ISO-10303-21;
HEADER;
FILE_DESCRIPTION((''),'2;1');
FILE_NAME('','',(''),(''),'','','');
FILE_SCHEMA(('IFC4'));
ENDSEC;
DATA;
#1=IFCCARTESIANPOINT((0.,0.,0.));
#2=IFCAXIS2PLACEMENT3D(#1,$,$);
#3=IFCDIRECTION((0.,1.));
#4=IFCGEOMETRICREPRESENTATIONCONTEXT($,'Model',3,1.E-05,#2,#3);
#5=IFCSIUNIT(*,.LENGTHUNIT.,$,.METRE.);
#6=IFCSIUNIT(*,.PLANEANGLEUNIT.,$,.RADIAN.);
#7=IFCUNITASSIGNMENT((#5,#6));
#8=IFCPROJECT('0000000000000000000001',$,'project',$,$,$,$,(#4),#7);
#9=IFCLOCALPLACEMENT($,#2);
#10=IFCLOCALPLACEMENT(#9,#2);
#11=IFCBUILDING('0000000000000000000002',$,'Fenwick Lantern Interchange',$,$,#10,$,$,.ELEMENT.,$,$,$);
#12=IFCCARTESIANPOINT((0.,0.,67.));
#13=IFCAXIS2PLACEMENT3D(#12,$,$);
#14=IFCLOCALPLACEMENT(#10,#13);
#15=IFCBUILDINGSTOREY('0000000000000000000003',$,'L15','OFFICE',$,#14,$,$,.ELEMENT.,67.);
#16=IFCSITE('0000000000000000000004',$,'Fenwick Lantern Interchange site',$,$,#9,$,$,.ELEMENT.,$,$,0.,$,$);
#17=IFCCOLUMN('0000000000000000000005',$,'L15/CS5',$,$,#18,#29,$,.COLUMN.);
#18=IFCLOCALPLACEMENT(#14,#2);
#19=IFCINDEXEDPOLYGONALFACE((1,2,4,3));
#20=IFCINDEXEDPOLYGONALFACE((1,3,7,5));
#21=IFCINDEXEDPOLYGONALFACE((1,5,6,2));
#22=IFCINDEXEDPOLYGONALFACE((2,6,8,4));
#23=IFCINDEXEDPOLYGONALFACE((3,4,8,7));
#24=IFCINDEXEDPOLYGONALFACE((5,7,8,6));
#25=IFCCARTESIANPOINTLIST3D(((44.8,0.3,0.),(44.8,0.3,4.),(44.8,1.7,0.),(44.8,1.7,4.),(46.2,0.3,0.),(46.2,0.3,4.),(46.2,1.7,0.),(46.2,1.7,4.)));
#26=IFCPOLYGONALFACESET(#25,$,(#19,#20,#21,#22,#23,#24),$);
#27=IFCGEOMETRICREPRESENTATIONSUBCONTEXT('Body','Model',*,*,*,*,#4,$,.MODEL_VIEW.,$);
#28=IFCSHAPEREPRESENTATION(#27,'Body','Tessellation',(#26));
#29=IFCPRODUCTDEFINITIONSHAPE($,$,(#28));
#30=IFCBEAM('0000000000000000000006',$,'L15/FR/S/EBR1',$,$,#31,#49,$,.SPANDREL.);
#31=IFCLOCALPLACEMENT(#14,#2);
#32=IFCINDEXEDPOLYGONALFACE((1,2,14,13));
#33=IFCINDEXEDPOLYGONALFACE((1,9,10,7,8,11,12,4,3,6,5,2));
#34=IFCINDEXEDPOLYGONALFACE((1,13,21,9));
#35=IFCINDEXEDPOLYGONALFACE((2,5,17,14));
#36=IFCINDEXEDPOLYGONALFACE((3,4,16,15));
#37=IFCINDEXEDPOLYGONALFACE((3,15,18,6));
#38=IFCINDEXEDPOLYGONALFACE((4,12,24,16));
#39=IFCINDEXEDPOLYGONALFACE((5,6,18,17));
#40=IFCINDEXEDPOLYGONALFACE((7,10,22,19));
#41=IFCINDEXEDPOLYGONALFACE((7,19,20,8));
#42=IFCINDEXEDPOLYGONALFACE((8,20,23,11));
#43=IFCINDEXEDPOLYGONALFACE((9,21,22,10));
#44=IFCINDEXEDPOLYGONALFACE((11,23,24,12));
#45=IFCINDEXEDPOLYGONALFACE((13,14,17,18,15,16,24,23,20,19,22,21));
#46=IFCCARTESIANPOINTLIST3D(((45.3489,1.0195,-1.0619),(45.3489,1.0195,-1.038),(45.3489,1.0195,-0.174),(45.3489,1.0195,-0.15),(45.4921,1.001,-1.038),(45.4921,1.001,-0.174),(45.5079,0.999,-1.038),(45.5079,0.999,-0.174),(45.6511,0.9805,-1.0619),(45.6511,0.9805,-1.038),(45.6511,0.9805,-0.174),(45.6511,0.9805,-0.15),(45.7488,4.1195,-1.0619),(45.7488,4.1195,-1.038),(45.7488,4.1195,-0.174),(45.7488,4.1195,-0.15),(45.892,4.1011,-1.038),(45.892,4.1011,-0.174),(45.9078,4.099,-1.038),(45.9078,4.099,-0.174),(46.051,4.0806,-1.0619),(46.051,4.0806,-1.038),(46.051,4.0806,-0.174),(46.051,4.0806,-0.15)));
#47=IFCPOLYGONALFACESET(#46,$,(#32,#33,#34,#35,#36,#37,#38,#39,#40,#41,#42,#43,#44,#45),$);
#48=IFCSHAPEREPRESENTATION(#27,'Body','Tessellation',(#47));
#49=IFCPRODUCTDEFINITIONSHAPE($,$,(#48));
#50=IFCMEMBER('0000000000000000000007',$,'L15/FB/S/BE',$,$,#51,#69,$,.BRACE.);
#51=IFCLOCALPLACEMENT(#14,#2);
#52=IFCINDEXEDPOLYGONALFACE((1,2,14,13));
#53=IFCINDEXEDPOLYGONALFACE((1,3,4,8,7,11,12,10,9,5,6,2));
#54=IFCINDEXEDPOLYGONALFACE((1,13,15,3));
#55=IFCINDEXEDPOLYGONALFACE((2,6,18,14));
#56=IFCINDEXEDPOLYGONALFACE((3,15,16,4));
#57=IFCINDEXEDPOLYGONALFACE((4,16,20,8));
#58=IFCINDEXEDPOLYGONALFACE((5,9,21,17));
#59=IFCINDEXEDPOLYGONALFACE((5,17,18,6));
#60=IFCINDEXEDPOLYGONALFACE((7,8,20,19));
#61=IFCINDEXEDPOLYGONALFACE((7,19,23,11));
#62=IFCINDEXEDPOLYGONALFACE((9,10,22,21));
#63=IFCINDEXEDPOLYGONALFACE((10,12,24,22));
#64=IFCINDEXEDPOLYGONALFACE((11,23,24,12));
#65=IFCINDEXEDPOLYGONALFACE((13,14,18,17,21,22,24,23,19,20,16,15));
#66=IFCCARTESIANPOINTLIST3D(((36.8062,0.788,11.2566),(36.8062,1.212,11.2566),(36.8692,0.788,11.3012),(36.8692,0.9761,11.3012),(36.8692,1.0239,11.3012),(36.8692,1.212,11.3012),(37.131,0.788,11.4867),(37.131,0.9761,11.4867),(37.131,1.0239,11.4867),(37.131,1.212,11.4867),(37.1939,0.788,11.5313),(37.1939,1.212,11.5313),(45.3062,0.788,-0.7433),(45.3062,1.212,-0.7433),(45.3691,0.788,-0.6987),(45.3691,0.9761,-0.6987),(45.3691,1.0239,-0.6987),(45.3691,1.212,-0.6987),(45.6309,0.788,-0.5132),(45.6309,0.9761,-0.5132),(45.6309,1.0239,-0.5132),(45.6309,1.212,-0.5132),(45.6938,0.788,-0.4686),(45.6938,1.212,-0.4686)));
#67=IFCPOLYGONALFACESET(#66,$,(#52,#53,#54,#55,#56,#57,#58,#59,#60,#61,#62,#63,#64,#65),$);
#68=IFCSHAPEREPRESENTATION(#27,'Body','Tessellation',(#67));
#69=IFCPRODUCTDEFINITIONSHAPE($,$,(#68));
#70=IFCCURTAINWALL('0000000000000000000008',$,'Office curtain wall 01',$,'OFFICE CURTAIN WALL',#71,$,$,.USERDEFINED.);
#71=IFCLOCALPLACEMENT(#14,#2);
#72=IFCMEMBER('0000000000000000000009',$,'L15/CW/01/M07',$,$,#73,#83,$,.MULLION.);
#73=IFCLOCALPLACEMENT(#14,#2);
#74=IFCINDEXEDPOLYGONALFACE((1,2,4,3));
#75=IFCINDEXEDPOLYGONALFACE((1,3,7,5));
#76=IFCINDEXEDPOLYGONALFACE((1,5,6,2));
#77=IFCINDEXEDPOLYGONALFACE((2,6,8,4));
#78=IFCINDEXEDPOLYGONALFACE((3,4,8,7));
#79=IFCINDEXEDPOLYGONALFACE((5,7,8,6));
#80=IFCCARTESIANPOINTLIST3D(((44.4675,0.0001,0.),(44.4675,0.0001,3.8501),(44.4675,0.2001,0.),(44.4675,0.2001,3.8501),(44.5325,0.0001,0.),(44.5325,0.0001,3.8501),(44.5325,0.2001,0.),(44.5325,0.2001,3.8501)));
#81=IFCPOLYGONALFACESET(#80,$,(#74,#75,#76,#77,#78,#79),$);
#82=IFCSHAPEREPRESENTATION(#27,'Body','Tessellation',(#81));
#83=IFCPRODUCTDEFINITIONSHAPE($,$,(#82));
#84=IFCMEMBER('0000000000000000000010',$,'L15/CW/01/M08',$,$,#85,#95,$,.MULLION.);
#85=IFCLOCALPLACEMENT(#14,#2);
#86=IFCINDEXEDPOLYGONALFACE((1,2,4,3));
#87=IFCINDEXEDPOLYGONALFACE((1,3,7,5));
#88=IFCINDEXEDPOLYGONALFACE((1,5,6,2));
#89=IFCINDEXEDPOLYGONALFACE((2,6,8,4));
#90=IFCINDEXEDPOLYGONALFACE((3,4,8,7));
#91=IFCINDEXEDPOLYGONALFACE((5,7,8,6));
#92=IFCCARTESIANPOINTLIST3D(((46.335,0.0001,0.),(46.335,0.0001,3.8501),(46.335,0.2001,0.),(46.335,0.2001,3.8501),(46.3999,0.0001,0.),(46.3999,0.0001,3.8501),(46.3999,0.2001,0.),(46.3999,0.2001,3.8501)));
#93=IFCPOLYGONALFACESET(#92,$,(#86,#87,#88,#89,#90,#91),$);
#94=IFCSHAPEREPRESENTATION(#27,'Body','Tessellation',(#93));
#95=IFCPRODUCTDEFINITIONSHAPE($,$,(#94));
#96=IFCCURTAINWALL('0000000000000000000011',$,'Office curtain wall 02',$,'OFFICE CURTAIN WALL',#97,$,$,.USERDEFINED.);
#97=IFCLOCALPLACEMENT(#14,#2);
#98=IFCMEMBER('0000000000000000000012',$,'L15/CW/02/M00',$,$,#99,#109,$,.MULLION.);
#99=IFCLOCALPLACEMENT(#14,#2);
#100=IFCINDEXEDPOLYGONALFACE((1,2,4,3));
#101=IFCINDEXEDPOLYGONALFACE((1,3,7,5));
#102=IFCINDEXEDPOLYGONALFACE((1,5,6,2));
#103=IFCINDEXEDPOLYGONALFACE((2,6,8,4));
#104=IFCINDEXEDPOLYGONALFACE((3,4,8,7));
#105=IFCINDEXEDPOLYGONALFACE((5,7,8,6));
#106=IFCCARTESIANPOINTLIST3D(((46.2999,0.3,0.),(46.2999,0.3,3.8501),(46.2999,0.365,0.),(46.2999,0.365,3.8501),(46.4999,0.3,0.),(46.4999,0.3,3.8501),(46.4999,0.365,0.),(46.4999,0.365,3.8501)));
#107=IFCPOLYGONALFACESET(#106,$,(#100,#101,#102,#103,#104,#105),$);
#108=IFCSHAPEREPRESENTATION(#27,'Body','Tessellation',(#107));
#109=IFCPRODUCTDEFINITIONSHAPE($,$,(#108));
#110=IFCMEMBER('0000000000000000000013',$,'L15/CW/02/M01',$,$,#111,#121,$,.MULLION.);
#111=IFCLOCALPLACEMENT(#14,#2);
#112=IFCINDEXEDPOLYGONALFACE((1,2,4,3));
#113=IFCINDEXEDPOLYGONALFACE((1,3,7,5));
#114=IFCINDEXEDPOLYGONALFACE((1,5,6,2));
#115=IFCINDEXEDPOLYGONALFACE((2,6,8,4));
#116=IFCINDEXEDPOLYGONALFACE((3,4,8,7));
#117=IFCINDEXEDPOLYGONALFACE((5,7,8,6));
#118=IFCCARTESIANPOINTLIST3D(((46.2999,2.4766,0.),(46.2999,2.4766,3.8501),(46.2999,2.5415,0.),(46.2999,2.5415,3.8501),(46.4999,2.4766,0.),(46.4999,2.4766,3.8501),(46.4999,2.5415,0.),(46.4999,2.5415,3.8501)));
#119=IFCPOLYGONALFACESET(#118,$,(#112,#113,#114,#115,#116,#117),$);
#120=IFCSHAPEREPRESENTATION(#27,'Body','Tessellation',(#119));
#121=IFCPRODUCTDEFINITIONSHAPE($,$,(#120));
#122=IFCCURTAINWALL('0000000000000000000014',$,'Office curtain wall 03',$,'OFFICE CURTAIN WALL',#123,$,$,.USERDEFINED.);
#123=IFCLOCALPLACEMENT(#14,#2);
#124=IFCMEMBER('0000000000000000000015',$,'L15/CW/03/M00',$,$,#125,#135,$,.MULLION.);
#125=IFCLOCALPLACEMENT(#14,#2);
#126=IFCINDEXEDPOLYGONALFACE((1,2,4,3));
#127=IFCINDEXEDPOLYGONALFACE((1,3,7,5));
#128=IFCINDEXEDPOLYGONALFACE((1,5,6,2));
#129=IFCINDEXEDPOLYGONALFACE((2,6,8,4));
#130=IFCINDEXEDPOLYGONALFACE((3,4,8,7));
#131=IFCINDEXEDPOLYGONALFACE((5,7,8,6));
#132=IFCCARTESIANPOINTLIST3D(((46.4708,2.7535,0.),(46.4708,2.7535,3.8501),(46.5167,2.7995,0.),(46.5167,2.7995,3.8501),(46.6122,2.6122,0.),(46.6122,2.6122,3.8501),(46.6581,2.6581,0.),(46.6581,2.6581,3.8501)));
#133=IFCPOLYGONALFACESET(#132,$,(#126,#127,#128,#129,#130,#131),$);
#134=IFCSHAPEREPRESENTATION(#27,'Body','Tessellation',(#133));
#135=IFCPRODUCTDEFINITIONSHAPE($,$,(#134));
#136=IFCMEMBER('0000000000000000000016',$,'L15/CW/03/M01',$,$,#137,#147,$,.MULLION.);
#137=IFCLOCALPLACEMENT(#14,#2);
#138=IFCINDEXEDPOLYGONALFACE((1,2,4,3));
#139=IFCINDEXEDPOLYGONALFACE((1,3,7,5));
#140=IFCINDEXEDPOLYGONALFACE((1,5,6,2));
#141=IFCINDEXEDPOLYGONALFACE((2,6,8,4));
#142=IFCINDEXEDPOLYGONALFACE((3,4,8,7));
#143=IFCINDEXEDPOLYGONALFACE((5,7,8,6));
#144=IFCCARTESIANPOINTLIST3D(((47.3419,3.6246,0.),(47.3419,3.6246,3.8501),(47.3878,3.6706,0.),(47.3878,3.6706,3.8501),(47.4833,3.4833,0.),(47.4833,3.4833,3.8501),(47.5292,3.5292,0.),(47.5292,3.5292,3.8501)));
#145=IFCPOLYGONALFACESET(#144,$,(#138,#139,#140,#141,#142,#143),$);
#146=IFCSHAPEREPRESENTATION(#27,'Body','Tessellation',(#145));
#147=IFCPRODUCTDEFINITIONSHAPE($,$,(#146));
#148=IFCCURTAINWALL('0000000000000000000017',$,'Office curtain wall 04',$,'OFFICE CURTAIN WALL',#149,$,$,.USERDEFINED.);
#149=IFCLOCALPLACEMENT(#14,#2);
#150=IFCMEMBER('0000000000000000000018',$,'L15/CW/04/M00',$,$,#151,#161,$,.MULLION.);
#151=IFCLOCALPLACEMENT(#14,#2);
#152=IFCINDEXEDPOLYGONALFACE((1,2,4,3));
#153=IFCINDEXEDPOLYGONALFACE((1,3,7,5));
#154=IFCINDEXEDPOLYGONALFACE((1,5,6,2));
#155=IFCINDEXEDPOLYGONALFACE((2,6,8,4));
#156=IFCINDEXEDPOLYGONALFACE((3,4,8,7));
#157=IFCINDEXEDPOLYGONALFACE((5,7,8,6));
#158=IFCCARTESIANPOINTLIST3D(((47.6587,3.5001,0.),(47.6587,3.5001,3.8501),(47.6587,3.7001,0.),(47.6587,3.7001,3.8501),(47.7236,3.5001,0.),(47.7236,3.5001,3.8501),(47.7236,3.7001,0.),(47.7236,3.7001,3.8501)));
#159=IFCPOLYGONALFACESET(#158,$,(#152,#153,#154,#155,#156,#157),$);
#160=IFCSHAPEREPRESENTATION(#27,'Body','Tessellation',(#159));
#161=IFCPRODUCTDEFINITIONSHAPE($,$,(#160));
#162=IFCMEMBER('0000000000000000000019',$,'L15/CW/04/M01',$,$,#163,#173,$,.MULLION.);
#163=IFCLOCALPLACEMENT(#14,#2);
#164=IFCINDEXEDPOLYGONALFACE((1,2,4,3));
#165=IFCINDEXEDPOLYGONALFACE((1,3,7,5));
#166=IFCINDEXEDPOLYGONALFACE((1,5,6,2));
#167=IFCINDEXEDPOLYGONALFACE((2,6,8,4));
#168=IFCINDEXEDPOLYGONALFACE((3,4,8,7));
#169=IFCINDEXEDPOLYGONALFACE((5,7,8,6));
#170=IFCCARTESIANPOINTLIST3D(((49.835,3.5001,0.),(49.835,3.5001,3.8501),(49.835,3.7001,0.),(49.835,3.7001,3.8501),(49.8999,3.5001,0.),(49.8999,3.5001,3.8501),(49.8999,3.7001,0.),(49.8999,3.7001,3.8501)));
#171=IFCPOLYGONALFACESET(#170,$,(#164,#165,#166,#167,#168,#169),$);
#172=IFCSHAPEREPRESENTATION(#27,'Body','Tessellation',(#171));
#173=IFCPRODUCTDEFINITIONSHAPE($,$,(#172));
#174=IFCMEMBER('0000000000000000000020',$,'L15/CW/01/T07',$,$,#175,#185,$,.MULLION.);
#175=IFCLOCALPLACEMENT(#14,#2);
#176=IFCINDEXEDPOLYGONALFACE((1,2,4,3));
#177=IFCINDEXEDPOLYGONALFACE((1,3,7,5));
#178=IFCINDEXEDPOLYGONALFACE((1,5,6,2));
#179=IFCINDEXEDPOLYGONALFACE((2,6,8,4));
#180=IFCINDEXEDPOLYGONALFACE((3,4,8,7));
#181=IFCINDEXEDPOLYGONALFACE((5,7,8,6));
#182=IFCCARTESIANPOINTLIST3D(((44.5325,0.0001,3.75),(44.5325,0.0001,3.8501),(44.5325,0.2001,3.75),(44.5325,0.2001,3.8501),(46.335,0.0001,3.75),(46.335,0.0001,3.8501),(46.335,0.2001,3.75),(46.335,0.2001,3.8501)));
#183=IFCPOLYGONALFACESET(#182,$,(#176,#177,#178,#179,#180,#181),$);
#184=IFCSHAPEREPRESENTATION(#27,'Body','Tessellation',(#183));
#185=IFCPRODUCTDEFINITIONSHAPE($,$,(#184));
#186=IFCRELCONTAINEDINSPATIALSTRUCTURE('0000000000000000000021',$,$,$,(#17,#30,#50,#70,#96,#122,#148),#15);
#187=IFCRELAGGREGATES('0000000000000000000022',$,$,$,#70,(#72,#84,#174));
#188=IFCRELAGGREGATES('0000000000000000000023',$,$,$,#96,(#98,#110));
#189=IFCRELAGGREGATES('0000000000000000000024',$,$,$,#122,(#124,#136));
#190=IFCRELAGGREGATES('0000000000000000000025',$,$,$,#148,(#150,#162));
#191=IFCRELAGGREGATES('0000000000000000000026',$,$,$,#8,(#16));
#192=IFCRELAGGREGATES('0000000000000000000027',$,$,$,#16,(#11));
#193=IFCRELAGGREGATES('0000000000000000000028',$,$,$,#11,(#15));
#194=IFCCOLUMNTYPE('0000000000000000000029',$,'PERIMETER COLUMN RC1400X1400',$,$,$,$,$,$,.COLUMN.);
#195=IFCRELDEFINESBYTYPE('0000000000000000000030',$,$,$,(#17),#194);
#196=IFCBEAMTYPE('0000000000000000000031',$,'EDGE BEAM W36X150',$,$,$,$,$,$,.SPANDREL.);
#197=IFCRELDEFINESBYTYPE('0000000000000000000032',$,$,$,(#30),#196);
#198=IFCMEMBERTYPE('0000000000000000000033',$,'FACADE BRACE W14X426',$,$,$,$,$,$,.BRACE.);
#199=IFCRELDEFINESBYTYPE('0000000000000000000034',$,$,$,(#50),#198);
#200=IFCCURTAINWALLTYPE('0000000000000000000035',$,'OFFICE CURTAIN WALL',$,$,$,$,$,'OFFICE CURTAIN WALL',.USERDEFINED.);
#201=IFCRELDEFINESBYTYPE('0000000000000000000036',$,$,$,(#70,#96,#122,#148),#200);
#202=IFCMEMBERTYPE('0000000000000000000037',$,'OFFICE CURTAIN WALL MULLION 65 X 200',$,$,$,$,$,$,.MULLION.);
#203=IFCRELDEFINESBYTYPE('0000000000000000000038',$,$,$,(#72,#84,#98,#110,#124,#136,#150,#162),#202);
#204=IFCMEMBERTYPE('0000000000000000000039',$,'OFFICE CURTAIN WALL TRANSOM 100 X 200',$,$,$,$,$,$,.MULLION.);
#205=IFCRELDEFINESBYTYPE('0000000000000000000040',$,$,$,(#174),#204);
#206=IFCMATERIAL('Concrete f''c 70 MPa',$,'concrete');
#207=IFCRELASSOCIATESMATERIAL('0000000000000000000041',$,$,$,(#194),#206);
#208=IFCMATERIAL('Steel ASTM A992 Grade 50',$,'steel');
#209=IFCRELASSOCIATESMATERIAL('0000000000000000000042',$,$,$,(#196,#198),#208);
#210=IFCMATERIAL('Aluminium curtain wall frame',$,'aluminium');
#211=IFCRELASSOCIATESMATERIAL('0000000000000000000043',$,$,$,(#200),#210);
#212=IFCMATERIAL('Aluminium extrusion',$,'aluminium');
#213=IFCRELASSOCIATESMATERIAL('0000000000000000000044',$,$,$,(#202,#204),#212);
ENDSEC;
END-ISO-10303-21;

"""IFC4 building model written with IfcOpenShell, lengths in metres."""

from ifc_helpers import new_model, si_unit, direction, frame, origin, origin_2d, place, context, subcontext, project, spatial, rectangle, i_section, extrude, material, material_profile, profile_set, type_object, element, aggregate, save


model = new_model("IFC4")

# Units and contexts
model_context = context("Model", 3, precision=1e-05, world=origin(), true_north=direction((0.0, 1.0)))
body_context = subcontext(model_context, "Body", "Model", "MODEL_VIEW")
ifc_project = project(units=[si_unit("LENGTHUNIT", "METRE"), si_unit("PLANEANGLEUNIT", "RADIAN")], contexts=[model_context])

# Site, building, storey
site_placement = place(None, origin())
site = spatial("IfcSite", under=ifc_project, at=site_placement, Name="Fenwick Lantern Interchange site", CompositionType="ELEMENT", RefElevation=0.0)
building_placement = place(site_placement, origin())
building = spatial("IfcBuilding", under=site, at=building_placement, Name="Fenwick Lantern Interchange", CompositionType="ELEMENT")
storey_placement = place(building_placement, frame((0.0, 0.0, 67.0)))
storey = spatial("IfcBuildingStorey", under=building, at=storey_placement, Name="L15", Description="OFFICE", CompositionType="ELEMENT", Elevation=67.0)

# Column
ifc_material_1 = material(Name="Concrete f'c 70 MPa", Category="concrete")
ifc_material_profile_1 = material_profile(ifc_material_1, rectangle(XDim=1.3999, YDim=1.3999, at=origin_2d()), Name="RC1400X1400")
ifc_profile_set_1 = profile_set([ifc_material_profile_1], Name="Concrete f'c 70 MPa")
column_type = type_object("IfcColumnType", Name="PERIMETER COLUMN RC1400X1400", PredefinedType="COLUMN", material=ifc_profile_set_1)
column_placement = place(storey_placement, frame((45.5, 1.0, 0.0), z_axis=(0.0, 0.0, 1.0), x_axis=(1.0, 0.0, 0.0)))
element("IfcColumn", 1, at=column_placement, inside=storey, type_object=column_type, Name="L15/CS5", PredefinedType="COLUMN", context=body_context, shape_type="SweptSolid", body=[
    extrude(rectangle(XDim=1.3999, YDim=1.3999, at=origin_2d()), origin(), (0.0, 0.0, 1.0), 4.0),
])

# Beam
ifc_material_2 = material(Name="Steel ASTM A992 Grade 50", Category="steel")
ifc_material_profile_2 = material_profile(ifc_material_2, i_section(OverallWidth=0.3047, OverallDepth=0.9119, WebThickness=0.0159, FlangeThickness=0.0239, at=origin_2d()), Name="W36X150")
ifc_profile_set_2 = profile_set([ifc_material_profile_2], Name="Steel ASTM A992 Grade 50")
beam_type = type_object("IfcBeamType", Name="EDGE BEAM W36X150", PredefinedType="SPANDREL", material=ifc_profile_set_2)
beam_placement = place(storey_placement, frame((45.5, 1.0, -0.606), z_axis=(0.127937, 0.991782, 0.0), x_axis=(-0.991782, 0.127937, 0.0)))
element("IfcBeam", 2, at=beam_placement, inside=storey, type_object=beam_type, Name="L15/FR/S/EBR1", PredefinedType="SPANDREL", context=body_context, shape_type="SweptSolid", body=[
    extrude(i_section(OverallWidth=0.3047, OverallDepth=0.9119, WebThickness=0.0159, FlangeThickness=0.0239, at=origin_2d()), origin(), (0.0, 0.0, 1.0), 3.1257),
])

# Member
ifc_material_profile_3 = material_profile(ifc_material_2, i_section(OverallWidth=0.4241, OverallDepth=0.4751, WebThickness=0.0479, FlangeThickness=0.0771, at=origin_2d()), Name="W14X426")
ifc_profile_set_3 = profile_set([ifc_material_profile_3], Name="Steel ASTM A992 Grade 50")
member_type_1 = type_object("IfcMemberType", Name="FACADE BRACE W14X426", PredefinedType="BRACE", material=ifc_profile_set_3)
member_1_placement = place(storey_placement, frame((45.5, 1.0, -0.606), z_axis=(-0.578017, 0.0, 0.816024), x_axis=(0.0, -1.0, 0.0)))
element("IfcMember", 3, at=member_1_placement, inside=storey, type_object=member_type_1, Name="L15/FB/S/BE", PredefinedType="BRACE", context=body_context, shape_type="SweptSolid", body=[
    extrude(i_section(OverallWidth=0.4241, OverallDepth=0.4751, WebThickness=0.0479, FlangeThickness=0.0771, at=origin_2d()), origin(), (0.0, 0.0, 1.0), 14.7053),
])

# Curtain walls, members
ifc_material_3 = material(Name="Aluminium curtain wall frame", Category="aluminium")
curtain_wall_type = type_object("IfcCurtainWallType", Name="OFFICE CURTAIN WALL", ElementType="OFFICE CURTAIN WALL", PredefinedType="USERDEFINED", material=ifc_material_3)
curtain_wall_1_placement = place(storey_placement, origin())
curtain_wall_1 = element("IfcCurtainWall", 4, at=curtain_wall_1_placement, inside=storey, type_object=curtain_wall_type, Name="Office curtain wall 01", ObjectType="OFFICE CURTAIN WALL", PredefinedType="USERDEFINED")
ifc_material_4 = material(Name="Aluminium extrusion", Category="aluminium")
ifc_material_profile_4 = material_profile(ifc_material_4, rectangle(XDim=0.2, YDim=0.0649, at=origin_2d()), Name="OFFICE CURTAIN WALL MULLION 65 X 200")
ifc_profile_set_4 = profile_set([ifc_material_profile_4], Name="Aluminium extrusion")
member_type_2 = type_object("IfcMemberType", Name="OFFICE CURTAIN WALL MULLION 65 X 200", PredefinedType="MULLION", material=ifc_profile_set_4)
member_2_placement = place(storey_placement, frame((44.5, 0.1001, 0.0), z_axis=(0.0, 0.0, 1.0), x_axis=(0.0, 1.0, 0.0)))
member_2 = element("IfcMember", 5, at=member_2_placement, type_object=member_type_2, Name="L15/CW/01/M07", PredefinedType="MULLION", context=body_context, shape_type="SweptSolid", body=[
    extrude(rectangle(XDim=0.2, YDim=0.0649, at=origin_2d()), origin(), (0.0, 0.0, 1.0), 3.8501),
])
member_3_placement = place(storey_placement, frame((46.3674, 0.1001, 0.0), z_axis=(0.0, 0.0, 1.0), x_axis=(0.0, 1.0, 0.0)))
member_3 = element("IfcMember", 6, at=member_3_placement, type_object=member_type_2, Name="L15/CW/01/M08", PredefinedType="MULLION", context=body_context, shape_type="SweptSolid", body=[
    extrude(rectangle(XDim=0.2, YDim=0.0649, at=origin_2d()), origin(), (0.0, 0.0, 1.0), 3.8501),
])
curtain_wall_2_placement = place(storey_placement, origin())
curtain_wall_2 = element("IfcCurtainWall", 7, at=curtain_wall_2_placement, inside=storey, type_object=curtain_wall_type, Name="Office curtain wall 02", ObjectType="OFFICE CURTAIN WALL", PredefinedType="USERDEFINED")
member_4_placement = place(storey_placement, frame((46.3999, 0.3325, 0.0), z_axis=(0.0, 0.0, 1.0), x_axis=(-1.0, 0.0, 0.0)))
member_4 = element("IfcMember", 8, at=member_4_placement, type_object=member_type_2, Name="L15/CW/02/M00", PredefinedType="MULLION", context=body_context, shape_type="SweptSolid", body=[
    extrude(rectangle(XDim=0.2, YDim=0.0649, at=origin_2d()), origin(), (0.0, 0.0, 1.0), 3.8501),
])
member_5_placement = place(storey_placement, frame((46.3999, 2.509, 0.0), z_axis=(0.0, 0.0, 1.0), x_axis=(-1.0, 0.0, 0.0)))
member_5 = element("IfcMember", 9, at=member_5_placement, type_object=member_type_2, Name="L15/CW/02/M01", PredefinedType="MULLION", context=body_context, shape_type="SweptSolid", body=[
    extrude(rectangle(XDim=0.2, YDim=0.0649, at=origin_2d()), origin(), (0.0, 0.0, 1.0), 3.8501),
])
curtain_wall_3_placement = place(storey_placement, origin())
curtain_wall_3 = element("IfcCurtainWall", 10, at=curtain_wall_3_placement, inside=storey, type_object=curtain_wall_type, Name="Office curtain wall 03", ObjectType="OFFICE CURTAIN WALL", PredefinedType="USERDEFINED")
member_6_placement = place(storey_placement, frame((46.5645, 2.7058, 0.0), z_axis=(0.0, 0.0, 1.0), x_axis=(-0.707107, 0.707107, 0.0)))
member_6 = element("IfcMember", 11, at=member_6_placement, type_object=member_type_2, Name="L15/CW/03/M00", PredefinedType="MULLION", context=body_context, shape_type="SweptSolid", body=[
    extrude(rectangle(XDim=0.2, YDim=0.0649, at=origin_2d()), origin(), (0.0, 0.0, 1.0), 3.8501),
])
member_7_placement = place(storey_placement, frame((47.4355, 3.5769, 0.0), z_axis=(0.0, 0.0, 1.0), x_axis=(-0.707107, 0.707107, 0.0)))
member_7 = element("IfcMember", 12, at=member_7_placement, type_object=member_type_2, Name="L15/CW/03/M01", PredefinedType="MULLION", context=body_context, shape_type="SweptSolid", body=[
    extrude(rectangle(XDim=0.2, YDim=0.0649, at=origin_2d()), origin(), (0.0, 0.0, 1.0), 3.8501),
])
curtain_wall_4_placement = place(storey_placement, origin())
curtain_wall_4 = element("IfcCurtainWall", 13, at=curtain_wall_4_placement, inside=storey, type_object=curtain_wall_type, Name="Office curtain wall 04", ObjectType="OFFICE CURTAIN WALL", PredefinedType="USERDEFINED")
member_8_placement = place(storey_placement, frame((47.6912, 3.6001, 0.0), z_axis=(0.0, 0.0, 1.0), x_axis=(0.0, 1.0, 0.0)))
member_8 = element("IfcMember", 14, at=member_8_placement, type_object=member_type_2, Name="L15/CW/04/M00", PredefinedType="MULLION", context=body_context, shape_type="SweptSolid", body=[
    extrude(rectangle(XDim=0.2, YDim=0.0649, at=origin_2d()), origin(), (0.0, 0.0, 1.0), 3.8501),
])
member_9_placement = place(storey_placement, frame((49.8674, 3.6001, 0.0), z_axis=(0.0, 0.0, 1.0), x_axis=(0.0, 1.0, 0.0)))
member_9 = element("IfcMember", 15, at=member_9_placement, type_object=member_type_2, Name="L15/CW/04/M01", PredefinedType="MULLION", context=body_context, shape_type="SweptSolid", body=[
    extrude(rectangle(XDim=0.2, YDim=0.0649, at=origin_2d()), origin(), (0.0, 0.0, 1.0), 3.8501),
])

# Member
ifc_material_profile_5 = material_profile(ifc_material_4, rectangle(XDim=0.2, YDim=0.1001, at=origin_2d()), Name="OFFICE CURTAIN WALL TRANSOM 100 X 200")
ifc_profile_set_5 = profile_set([ifc_material_profile_5], Name="Aluminium extrusion")
member_type_3 = type_object("IfcMemberType", Name="OFFICE CURTAIN WALL TRANSOM 100 X 200", PredefinedType="MULLION", material=ifc_profile_set_5)
member_10_placement = place(storey_placement, frame((44.5325, 0.1001, 3.8), z_axis=(1.0, 0.0, 0.0), x_axis=(0.0, 1.0, 0.0)))
member_10 = element("IfcMember", 16, at=member_10_placement, type_object=member_type_3, Name="L15/CW/01/T07", PredefinedType="MULLION", context=body_context, shape_type="SweptSolid", body=[
    extrude(rectangle(XDim=0.2, YDim=0.1001, at=origin_2d()), origin(), (0.0, 0.0, 1.0), 1.8025),
])
aggregate(curtain_wall_1, [member_2, member_3, member_10])
aggregate(curtain_wall_2, [member_4, member_5])
aggregate(curtain_wall_3, [member_6, member_7])
aggregate(curtain_wall_4, [member_8, member_9])

save(model, "model.ifc")
